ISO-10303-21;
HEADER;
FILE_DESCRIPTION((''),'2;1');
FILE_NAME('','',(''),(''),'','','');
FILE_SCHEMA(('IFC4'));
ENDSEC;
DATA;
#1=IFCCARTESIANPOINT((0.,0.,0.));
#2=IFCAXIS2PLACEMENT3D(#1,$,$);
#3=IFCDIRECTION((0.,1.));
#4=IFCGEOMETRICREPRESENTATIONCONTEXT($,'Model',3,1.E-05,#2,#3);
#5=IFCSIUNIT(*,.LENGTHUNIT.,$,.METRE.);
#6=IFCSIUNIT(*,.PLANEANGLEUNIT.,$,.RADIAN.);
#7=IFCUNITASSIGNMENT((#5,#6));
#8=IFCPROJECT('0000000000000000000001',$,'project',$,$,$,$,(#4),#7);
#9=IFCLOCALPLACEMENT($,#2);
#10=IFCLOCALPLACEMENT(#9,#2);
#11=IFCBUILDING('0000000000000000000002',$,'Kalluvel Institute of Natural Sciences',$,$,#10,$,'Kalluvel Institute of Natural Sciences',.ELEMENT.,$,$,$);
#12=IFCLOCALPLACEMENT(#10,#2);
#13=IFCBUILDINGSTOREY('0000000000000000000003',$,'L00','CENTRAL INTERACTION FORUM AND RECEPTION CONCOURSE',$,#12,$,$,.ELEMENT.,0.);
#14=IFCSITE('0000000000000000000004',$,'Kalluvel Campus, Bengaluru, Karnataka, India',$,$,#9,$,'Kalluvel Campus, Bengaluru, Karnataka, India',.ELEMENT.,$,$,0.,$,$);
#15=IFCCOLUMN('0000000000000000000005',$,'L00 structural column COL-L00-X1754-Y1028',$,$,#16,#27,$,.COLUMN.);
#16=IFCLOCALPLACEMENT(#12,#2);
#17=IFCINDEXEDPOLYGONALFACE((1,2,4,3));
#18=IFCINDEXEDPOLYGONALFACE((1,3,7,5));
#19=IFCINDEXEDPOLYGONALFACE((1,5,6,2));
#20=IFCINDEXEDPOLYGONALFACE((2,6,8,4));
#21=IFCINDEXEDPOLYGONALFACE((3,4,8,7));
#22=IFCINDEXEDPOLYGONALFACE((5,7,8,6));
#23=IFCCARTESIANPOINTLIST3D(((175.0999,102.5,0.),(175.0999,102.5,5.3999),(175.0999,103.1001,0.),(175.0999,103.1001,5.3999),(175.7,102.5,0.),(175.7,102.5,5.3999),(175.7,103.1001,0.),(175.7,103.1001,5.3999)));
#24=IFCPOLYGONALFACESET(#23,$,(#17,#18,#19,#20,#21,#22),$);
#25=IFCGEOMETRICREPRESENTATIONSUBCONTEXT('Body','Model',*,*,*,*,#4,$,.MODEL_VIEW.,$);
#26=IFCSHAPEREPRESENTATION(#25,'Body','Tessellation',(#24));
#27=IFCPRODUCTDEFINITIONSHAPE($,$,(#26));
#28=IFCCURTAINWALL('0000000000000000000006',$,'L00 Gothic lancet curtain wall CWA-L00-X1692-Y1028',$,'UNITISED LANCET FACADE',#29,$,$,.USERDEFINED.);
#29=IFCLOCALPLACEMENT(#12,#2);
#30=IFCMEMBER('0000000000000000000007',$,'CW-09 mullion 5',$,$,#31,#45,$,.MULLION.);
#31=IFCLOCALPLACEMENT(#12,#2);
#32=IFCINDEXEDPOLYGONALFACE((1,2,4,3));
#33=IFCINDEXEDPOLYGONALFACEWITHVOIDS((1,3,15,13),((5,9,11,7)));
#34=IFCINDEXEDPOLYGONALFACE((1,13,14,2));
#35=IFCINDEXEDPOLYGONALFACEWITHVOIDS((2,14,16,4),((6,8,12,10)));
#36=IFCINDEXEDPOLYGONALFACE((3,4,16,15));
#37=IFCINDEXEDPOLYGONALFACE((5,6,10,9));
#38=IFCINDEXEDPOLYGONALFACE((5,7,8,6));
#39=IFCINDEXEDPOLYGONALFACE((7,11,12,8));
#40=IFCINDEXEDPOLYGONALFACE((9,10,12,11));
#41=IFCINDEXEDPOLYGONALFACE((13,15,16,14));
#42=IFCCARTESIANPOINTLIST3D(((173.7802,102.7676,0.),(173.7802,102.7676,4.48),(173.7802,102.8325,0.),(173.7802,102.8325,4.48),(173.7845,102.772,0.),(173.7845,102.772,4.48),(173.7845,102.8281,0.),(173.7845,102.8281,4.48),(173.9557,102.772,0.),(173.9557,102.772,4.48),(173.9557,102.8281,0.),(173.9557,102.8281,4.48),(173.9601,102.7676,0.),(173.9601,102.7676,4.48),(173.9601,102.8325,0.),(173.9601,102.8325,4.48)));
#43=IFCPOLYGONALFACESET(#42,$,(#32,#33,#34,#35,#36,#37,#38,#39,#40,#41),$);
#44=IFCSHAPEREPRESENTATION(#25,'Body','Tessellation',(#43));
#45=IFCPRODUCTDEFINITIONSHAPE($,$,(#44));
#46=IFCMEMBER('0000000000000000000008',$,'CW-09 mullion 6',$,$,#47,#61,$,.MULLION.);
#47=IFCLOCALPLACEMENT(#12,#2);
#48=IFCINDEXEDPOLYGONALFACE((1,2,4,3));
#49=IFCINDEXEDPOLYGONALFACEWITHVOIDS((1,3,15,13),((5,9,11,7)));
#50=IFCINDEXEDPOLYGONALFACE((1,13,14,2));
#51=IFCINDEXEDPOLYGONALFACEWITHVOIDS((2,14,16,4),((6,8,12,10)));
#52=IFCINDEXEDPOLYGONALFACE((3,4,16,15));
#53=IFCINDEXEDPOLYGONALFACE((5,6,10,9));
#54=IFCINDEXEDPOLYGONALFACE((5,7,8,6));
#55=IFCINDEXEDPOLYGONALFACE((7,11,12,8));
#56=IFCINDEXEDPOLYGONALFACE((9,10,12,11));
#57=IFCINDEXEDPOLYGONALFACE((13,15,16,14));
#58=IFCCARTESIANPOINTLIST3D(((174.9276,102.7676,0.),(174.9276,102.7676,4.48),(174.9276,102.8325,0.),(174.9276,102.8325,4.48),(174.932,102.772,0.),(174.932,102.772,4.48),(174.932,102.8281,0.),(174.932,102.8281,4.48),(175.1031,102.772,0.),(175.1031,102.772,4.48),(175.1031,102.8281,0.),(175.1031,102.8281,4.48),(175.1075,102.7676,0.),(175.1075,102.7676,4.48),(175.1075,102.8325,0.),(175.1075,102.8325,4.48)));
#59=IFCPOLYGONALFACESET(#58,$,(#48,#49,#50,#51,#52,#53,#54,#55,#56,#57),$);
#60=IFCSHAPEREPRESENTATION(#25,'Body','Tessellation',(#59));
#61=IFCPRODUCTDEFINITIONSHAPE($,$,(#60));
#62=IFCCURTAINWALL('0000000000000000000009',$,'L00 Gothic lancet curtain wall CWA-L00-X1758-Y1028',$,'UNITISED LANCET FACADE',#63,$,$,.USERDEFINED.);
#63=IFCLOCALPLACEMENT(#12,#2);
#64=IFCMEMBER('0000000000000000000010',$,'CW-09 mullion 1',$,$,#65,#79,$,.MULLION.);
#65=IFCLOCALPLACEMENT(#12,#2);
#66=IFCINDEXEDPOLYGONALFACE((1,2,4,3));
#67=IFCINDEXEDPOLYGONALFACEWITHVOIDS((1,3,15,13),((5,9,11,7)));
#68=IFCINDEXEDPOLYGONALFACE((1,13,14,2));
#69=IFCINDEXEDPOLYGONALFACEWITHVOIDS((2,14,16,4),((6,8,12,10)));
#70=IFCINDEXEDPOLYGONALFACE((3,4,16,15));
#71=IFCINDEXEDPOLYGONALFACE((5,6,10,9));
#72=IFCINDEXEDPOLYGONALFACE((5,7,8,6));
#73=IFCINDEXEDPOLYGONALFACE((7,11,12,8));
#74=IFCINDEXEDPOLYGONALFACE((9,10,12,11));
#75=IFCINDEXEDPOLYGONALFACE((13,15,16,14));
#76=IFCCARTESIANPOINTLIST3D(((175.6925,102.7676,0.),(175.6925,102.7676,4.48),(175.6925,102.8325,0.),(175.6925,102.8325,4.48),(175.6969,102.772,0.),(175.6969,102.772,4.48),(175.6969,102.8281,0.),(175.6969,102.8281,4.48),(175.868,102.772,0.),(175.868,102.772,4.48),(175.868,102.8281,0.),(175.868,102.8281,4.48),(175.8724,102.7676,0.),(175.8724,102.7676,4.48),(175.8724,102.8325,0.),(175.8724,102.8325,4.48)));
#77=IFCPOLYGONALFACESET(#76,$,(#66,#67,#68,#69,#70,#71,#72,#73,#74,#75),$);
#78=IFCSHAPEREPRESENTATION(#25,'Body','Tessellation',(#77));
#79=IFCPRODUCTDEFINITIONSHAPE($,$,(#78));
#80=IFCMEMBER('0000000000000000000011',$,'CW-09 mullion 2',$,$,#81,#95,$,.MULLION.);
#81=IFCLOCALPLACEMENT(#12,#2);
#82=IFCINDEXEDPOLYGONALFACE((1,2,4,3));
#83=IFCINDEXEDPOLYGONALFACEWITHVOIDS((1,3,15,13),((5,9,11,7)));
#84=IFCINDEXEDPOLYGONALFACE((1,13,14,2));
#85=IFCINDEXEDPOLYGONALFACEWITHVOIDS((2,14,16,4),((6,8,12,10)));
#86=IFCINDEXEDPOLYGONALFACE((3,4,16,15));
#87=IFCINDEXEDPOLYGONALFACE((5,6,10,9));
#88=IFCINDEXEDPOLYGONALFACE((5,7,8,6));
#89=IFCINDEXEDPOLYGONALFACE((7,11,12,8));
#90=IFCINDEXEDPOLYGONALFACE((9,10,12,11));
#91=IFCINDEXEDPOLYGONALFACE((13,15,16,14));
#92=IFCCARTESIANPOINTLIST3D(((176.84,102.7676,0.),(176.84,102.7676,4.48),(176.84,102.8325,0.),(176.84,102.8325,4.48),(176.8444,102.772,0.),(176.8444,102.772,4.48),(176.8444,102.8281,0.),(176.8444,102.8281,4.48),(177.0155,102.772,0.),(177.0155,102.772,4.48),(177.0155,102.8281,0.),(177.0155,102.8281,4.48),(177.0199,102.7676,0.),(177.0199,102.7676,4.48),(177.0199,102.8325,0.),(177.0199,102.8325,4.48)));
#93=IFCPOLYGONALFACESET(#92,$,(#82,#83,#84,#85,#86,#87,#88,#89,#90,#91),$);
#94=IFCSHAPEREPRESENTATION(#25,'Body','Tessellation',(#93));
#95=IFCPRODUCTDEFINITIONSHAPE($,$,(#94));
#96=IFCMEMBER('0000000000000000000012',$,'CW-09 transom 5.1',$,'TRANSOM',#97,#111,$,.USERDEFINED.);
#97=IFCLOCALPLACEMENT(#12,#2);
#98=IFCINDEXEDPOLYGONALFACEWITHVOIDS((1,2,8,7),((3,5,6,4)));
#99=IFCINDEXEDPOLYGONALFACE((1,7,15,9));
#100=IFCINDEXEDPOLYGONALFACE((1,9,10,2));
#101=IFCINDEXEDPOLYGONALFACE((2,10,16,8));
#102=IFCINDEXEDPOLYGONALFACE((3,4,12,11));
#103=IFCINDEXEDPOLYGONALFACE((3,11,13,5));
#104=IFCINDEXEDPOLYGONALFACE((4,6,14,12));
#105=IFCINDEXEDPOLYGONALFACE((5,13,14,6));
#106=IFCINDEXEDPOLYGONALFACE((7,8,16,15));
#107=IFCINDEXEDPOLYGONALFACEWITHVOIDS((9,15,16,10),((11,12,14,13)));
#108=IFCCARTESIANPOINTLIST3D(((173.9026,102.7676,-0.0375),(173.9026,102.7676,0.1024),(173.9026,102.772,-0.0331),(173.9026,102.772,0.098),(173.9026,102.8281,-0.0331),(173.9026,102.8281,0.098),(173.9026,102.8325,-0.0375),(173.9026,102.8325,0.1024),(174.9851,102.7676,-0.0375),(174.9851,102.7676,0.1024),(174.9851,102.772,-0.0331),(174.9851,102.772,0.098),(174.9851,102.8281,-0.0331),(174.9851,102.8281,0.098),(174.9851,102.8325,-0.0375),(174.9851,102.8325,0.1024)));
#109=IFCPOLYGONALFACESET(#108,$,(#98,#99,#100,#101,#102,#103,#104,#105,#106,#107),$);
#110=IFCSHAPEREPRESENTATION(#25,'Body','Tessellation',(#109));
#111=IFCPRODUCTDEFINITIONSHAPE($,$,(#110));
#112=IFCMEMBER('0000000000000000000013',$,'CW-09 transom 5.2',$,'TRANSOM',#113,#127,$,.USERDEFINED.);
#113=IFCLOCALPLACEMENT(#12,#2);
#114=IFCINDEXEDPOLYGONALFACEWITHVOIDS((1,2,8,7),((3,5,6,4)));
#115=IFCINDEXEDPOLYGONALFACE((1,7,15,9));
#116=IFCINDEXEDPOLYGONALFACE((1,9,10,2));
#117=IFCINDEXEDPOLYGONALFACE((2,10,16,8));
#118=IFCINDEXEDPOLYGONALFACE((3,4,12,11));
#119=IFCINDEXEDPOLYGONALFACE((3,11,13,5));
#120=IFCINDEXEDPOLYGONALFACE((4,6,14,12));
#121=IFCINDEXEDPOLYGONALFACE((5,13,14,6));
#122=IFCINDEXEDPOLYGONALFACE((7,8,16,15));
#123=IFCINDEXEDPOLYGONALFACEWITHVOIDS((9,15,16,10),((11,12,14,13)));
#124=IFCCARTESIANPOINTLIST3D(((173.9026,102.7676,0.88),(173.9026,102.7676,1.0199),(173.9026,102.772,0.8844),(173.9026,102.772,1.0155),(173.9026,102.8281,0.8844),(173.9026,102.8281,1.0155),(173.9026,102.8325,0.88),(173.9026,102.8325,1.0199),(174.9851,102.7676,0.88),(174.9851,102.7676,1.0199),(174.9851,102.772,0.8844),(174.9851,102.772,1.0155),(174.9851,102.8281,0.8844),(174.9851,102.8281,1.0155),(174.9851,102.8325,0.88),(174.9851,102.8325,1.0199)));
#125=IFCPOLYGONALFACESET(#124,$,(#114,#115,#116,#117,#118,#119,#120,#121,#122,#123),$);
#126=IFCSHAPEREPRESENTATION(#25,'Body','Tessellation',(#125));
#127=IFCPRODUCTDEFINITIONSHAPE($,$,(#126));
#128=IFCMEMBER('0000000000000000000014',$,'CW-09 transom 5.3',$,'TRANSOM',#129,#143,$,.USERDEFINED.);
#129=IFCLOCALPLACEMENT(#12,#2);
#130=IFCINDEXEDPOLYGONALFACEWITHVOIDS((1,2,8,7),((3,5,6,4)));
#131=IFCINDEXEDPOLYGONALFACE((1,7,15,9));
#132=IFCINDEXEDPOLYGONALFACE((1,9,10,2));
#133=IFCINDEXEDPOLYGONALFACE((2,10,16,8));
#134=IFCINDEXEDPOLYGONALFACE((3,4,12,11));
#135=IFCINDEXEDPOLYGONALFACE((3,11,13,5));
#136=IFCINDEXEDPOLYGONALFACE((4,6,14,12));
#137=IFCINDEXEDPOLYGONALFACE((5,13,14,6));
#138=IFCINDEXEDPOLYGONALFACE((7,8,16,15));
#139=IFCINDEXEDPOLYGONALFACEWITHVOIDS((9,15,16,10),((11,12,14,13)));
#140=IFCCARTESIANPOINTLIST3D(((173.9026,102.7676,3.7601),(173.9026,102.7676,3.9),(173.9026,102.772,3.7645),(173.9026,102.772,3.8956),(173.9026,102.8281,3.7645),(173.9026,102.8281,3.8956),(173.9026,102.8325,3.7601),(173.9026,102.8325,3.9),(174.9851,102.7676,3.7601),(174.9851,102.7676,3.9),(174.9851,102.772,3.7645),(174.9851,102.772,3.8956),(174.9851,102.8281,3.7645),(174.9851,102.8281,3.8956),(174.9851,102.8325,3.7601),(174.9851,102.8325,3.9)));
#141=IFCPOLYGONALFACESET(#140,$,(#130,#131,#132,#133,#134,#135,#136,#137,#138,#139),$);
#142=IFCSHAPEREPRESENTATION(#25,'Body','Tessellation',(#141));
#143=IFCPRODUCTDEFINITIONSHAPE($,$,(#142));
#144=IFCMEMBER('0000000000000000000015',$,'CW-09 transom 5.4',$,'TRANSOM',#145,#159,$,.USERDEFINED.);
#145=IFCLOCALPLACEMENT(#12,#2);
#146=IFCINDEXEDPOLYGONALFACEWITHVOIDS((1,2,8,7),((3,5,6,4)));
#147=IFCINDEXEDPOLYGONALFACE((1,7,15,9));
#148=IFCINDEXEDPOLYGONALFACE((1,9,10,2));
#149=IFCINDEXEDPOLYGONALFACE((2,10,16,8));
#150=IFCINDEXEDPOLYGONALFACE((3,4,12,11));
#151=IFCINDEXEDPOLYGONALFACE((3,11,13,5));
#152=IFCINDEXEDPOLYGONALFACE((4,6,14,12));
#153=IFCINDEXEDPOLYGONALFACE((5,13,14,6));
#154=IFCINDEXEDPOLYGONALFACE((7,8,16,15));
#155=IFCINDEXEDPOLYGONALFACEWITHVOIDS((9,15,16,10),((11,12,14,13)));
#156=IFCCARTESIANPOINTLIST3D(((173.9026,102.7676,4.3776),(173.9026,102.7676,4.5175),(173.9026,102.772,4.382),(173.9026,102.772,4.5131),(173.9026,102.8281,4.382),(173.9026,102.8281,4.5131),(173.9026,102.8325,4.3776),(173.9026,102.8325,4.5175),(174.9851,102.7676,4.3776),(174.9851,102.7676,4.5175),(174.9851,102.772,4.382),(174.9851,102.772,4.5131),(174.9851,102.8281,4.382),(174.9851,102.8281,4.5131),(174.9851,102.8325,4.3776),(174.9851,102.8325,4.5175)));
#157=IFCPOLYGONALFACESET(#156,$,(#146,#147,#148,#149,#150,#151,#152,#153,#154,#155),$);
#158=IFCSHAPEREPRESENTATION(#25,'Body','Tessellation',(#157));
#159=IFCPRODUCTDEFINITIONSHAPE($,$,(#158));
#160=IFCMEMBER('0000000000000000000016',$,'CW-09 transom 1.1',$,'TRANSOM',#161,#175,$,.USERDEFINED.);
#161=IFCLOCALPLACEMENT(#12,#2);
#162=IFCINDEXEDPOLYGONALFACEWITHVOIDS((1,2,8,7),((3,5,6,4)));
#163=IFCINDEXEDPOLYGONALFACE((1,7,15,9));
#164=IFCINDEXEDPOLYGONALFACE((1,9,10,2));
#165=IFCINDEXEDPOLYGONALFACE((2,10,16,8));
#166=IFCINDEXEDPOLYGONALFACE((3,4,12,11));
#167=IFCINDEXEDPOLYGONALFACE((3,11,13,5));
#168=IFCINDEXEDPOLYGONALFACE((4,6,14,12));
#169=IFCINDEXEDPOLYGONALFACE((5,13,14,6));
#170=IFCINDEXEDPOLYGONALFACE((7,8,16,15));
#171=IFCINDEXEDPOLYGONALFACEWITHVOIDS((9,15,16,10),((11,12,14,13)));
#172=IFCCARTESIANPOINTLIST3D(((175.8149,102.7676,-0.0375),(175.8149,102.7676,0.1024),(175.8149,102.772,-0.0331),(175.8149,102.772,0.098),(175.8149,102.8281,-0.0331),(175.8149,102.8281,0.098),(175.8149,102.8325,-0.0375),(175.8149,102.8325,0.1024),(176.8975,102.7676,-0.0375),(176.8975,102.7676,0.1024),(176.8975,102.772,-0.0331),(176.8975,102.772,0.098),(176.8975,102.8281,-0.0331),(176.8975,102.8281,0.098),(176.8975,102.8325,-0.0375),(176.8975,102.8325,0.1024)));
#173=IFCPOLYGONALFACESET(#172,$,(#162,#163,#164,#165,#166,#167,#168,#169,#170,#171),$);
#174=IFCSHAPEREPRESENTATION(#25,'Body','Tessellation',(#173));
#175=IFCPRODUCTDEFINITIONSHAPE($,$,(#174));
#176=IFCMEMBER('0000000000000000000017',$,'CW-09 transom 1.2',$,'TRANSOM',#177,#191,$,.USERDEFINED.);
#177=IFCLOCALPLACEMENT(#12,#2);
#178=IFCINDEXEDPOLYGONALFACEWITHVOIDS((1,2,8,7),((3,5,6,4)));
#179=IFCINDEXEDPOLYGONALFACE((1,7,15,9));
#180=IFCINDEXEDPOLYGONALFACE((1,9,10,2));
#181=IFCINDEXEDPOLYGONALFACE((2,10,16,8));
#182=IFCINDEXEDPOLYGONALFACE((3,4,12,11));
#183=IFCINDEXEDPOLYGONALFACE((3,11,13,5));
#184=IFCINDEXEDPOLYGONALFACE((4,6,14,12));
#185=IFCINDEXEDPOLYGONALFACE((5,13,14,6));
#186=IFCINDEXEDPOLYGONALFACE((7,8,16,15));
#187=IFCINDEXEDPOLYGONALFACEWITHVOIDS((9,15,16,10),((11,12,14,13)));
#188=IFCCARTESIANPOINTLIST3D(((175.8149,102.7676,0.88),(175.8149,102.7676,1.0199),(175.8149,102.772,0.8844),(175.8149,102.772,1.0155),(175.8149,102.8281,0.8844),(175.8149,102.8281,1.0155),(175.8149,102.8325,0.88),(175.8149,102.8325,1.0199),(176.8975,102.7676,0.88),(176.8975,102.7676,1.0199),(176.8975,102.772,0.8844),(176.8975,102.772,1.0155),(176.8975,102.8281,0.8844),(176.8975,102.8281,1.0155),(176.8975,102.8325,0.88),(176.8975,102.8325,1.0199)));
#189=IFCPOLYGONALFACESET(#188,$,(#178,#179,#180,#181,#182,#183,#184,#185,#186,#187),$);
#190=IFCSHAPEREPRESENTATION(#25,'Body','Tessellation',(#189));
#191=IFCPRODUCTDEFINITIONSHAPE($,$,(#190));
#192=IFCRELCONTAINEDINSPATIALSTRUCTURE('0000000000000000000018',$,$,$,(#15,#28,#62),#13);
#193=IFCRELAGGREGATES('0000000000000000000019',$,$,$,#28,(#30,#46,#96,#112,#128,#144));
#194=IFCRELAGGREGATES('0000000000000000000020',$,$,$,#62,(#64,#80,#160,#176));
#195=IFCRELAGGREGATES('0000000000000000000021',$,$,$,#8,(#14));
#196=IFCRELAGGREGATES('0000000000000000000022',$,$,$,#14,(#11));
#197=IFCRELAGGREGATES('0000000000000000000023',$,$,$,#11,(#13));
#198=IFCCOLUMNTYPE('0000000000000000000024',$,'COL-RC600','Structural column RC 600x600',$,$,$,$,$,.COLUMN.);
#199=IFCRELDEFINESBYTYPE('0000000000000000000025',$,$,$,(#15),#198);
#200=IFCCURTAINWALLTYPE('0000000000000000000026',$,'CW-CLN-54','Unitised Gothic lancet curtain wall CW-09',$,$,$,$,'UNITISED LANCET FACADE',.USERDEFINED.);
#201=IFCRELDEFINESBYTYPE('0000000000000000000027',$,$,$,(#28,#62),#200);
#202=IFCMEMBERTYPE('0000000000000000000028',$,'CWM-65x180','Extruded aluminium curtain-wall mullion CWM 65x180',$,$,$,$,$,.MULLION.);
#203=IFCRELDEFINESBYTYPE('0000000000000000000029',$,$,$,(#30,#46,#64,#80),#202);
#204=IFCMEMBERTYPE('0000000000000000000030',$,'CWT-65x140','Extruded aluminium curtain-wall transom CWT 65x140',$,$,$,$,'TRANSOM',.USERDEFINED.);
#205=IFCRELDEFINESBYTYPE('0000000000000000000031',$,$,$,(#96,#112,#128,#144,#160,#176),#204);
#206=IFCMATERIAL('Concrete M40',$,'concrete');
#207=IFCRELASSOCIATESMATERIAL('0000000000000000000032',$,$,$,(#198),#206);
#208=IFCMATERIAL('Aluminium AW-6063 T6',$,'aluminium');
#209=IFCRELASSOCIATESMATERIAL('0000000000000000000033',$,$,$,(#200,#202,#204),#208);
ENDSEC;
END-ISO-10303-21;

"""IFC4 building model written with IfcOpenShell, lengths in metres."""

from ifc_helpers import new_model, si_unit, direction, frame, origin, origin_2d, place, context, subcontext, project, spatial, rectangle, hollow_rectangle, extrude, material, material_profile, profile_set, type_object, element, aggregate, save


model = new_model("IFC4")

# Units and contexts
model_context = context("Model", 3, precision=1e-05, world=origin(), true_north=direction((0.0, 1.0)))
body_context = subcontext(model_context, "Body", "Model", "MODEL_VIEW")
ifc_project = project(units=[si_unit("LENGTHUNIT", "METRE"), si_unit("PLANEANGLEUNIT", "RADIAN")], contexts=[model_context])

# Site, building, storey
site_placement = place(None, origin())
site = spatial("IfcSite", under=ifc_project, at=site_placement, Name="Kalluvel Campus, Bengaluru, Karnataka, India", LongName="Kalluvel Campus, Bengaluru, Karnataka, India", CompositionType="ELEMENT", RefElevation=0.0)
building_placement = place(site_placement, origin())
building = spatial("IfcBuilding", under=site, at=building_placement, Name="Kalluvel Institute of Natural Sciences", LongName="Kalluvel Institute of Natural Sciences", CompositionType="ELEMENT")
storey_placement = place(building_placement, origin())
storey = spatial("IfcBuildingStorey", under=building, at=storey_placement, Name="L00", Description="CENTRAL INTERACTION FORUM AND RECEPTION CONCOURSE", CompositionType="ELEMENT", Elevation=0.0)

# Column
ifc_material_1 = material(Name="Concrete M40", Category="concrete")
ifc_material_profile_1 = material_profile(ifc_material_1, rectangle(XDim=0.6001, YDim=0.6001, at=origin_2d()), Name="RC 600x600")
ifc_profile_set_1 = profile_set([ifc_material_profile_1], Name="Concrete M40")
column_type = type_object("IfcColumnType", Name="COL-RC600", Description="Structural column RC 600x600", PredefinedType="COLUMN", material=ifc_profile_set_1)
column_placement = place(storey_placement, frame((175.3999, 102.8, 0.0), z_axis=(0.0, 0.0, 1.0), x_axis=(1.0, 0.0, 0.0)))
element("IfcColumn", 1, at=column_placement, inside=storey, type_object=column_type, Name="L00 structural column COL-L00-X1754-Y1028", PredefinedType="COLUMN", context=body_context, shape_type="SweptSolid", body=[
    extrude(rectangle(XDim=0.6001, YDim=0.6001, at=origin_2d()), origin(), (0.0, 0.0, 1.0), 5.3999),
])

# Curtain walls, members
ifc_material_2 = material(Name="Aluminium AW-6063 T6", Category="aluminium")
curtain_wall_type = type_object("IfcCurtainWallType", Name="CW-CLN-54", Description="Unitised Gothic lancet curtain wall CW-09", ElementType="UNITISED LANCET FACADE", PredefinedType="USERDEFINED", material=ifc_material_2)
curtain_wall_1_placement = place(storey_placement, origin())
curtain_wall_1 = element("IfcCurtainWall", 2, at=curtain_wall_1_placement, inside=storey, type_object=curtain_wall_type, Name="L00 Gothic lancet curtain wall CWA-L00-X1692-Y1028", ObjectType="UNITISED LANCET FACADE", PredefinedType="USERDEFINED")
ifc_material_profile_2 = material_profile(ifc_material_2, hollow_rectangle(XDim=0.0649, YDim=0.1799, WallThickness=0.0044, at=origin_2d()), Name="CWM 65x180")
ifc_profile_set_2 = profile_set([ifc_material_profile_2], Name="Aluminium AW-6063 T6")
member_type_1 = type_object("IfcMemberType", Name="CWM-65x180", Description="Extruded aluminium curtain-wall mullion CWM 65x180", PredefinedType="MULLION", material=ifc_profile_set_2)
member_1_placement = place(storey_placement, frame((173.8701, 102.8, 0.0), z_axis=(0.0, 0.0, 1.0), x_axis=(0.0, 1.0, 0.0)))
member_1 = element("IfcMember", 3, at=member_1_placement, type_object=member_type_1, Name="CW-09 mullion 5", PredefinedType="MULLION", context=body_context, shape_type="SweptSolid", body=[
    extrude(hollow_rectangle(XDim=0.0649, YDim=0.1799, WallThickness=0.0044, at=origin_2d()), origin(), (0.0, 0.0, 1.0), 4.48),
])
member_2_placement = place(storey_placement, frame((175.0176, 102.8, 0.0), z_axis=(0.0, 0.0, 1.0), x_axis=(0.0, 1.0, 0.0)))
member_2 = element("IfcMember", 4, at=member_2_placement, type_object=member_type_1, Name="CW-09 mullion 6", PredefinedType="MULLION", context=body_context, shape_type="SweptSolid", body=[
    extrude(hollow_rectangle(XDim=0.0649, YDim=0.1799, WallThickness=0.0044, at=origin_2d()), origin(), (0.0, 0.0, 1.0), 4.48),
])
curtain_wall_2_placement = place(storey_placement, origin())
curtain_wall_2 = element("IfcCurtainWall", 5, at=curtain_wall_2_placement, inside=storey, type_object=curtain_wall_type, Name="L00 Gothic lancet curtain wall CWA-L00-X1758-Y1028", ObjectType="UNITISED LANCET FACADE", PredefinedType="USERDEFINED")
member_3_placement = place(storey_placement, frame((175.7825, 102.8, 0.0), z_axis=(0.0, 0.0, 1.0), x_axis=(0.0, 1.0, 0.0)))
member_3 = element("IfcMember", 6, at=member_3_placement, type_object=member_type_1, Name="CW-09 mullion 1", PredefinedType="MULLION", context=body_context, shape_type="SweptSolid", body=[
    extrude(hollow_rectangle(XDim=0.0649, YDim=0.1799, WallThickness=0.0044, at=origin_2d()), origin(), (0.0, 0.0, 1.0), 4.48),
])
member_4_placement = place(storey_placement, frame((176.9299, 102.8, 0.0), z_axis=(0.0, 0.0, 1.0), x_axis=(0.0, 1.0, 0.0)))
member_4 = element("IfcMember", 7, at=member_4_placement, type_object=member_type_1, Name="CW-09 mullion 2", PredefinedType="MULLION", context=body_context, shape_type="SweptSolid", body=[
    extrude(hollow_rectangle(XDim=0.0649, YDim=0.1799, WallThickness=0.0044, at=origin_2d()), origin(), (0.0, 0.0, 1.0), 4.48),
])

# Members
ifc_material_profile_3 = material_profile(ifc_material_2, hollow_rectangle(XDim=0.0649, YDim=0.1399, WallThickness=0.0044, at=origin_2d()), Name="CWT 65x140")
ifc_profile_set_3 = profile_set([ifc_material_profile_3], Name="Aluminium AW-6063 T6")
member_type_2 = type_object("IfcMemberType", Name="CWT-65x140", Description="Extruded aluminium curtain-wall transom CWT 65x140", ElementType="TRANSOM", PredefinedType="USERDEFINED", material=ifc_profile_set_3)
member_5_placement = place(storey_placement, frame((173.9026, 102.8, 0.0325), z_axis=(1.0, 0.0, 0.0), x_axis=(0.0, 1.0, 0.0)))
member_5 = element("IfcMember", 8, at=member_5_placement, type_object=member_type_2, Name="CW-09 transom 5.1", ObjectType="TRANSOM", PredefinedType="USERDEFINED", context=body_context, shape_type="SweptSolid", body=[
    extrude(hollow_rectangle(XDim=0.0649, YDim=0.1399, WallThickness=0.0044, at=origin_2d()), origin(), (0.0, 0.0, 1.0), 1.0825),
])
member_6_placement = place(storey_placement, frame((173.9026, 102.8, 0.95), z_axis=(1.0, 0.0, 0.0), x_axis=(0.0, 1.0, 0.0)))
member_6 = element("IfcMember", 9, at=member_6_placement, type_object=member_type_2, Name="CW-09 transom 5.2", ObjectType="TRANSOM", PredefinedType="USERDEFINED", context=body_context, shape_type="SweptSolid", body=[
    extrude(hollow_rectangle(XDim=0.0649, YDim=0.1399, WallThickness=0.0044, at=origin_2d()), origin(), (0.0, 0.0, 1.0), 1.0825),
])
member_7_placement = place(storey_placement, frame((173.9026, 102.8, 3.8301), z_axis=(1.0, 0.0, 0.0), x_axis=(0.0, 1.0, 0.0)))
member_7 = element("IfcMember", 10, at=member_7_placement, type_object=member_type_2, Name="CW-09 transom 5.3", ObjectType="TRANSOM", PredefinedType="USERDEFINED", context=body_context, shape_type="SweptSolid", body=[
    extrude(hollow_rectangle(XDim=0.0649, YDim=0.1399, WallThickness=0.0044, at=origin_2d()), origin(), (0.0, 0.0, 1.0), 1.0825),
])
member_8_placement = place(storey_placement, frame((173.9026, 102.8, 4.4475), z_axis=(1.0, 0.0, 0.0), x_axis=(0.0, 1.0, 0.0)))
member_8 = element("IfcMember", 11, at=member_8_placement, type_object=member_type_2, Name="CW-09 transom 5.4", ObjectType="TRANSOM", PredefinedType="USERDEFINED", context=body_context, shape_type="SweptSolid", body=[
    extrude(hollow_rectangle(XDim=0.0649, YDim=0.1399, WallThickness=0.0044, at=origin_2d()), origin(), (0.0, 0.0, 1.0), 1.0825),
])
member_9_placement = place(storey_placement, frame((175.8149, 102.8, 0.0325), z_axis=(1.0, 0.0, 0.0), x_axis=(0.0, 1.0, 0.0)))
member_9 = element("IfcMember", 12, at=member_9_placement, type_object=member_type_2, Name="CW-09 transom 1.1", ObjectType="TRANSOM", PredefinedType="USERDEFINED", context=body_context, shape_type="SweptSolid", body=[
    extrude(hollow_rectangle(XDim=0.0649, YDim=0.1399, WallThickness=0.0044, at=origin_2d()), origin(), (0.0, 0.0, 1.0), 1.0825),
])
member_10_placement = place(storey_placement, frame((175.8149, 102.8, 0.95), z_axis=(1.0, 0.0, 0.0), x_axis=(0.0, 1.0, 0.0)))
member_10 = element("IfcMember", 13, at=member_10_placement, type_object=member_type_2, Name="CW-09 transom 1.2", ObjectType="TRANSOM", PredefinedType="USERDEFINED", context=body_context, shape_type="SweptSolid", body=[
    extrude(hollow_rectangle(XDim=0.0649, YDim=0.1399, WallThickness=0.0044, at=origin_2d()), origin(), (0.0, 0.0, 1.0), 1.0825),
])

aggregate(curtain_wall_1, [member_1, member_2, member_5, member_6, member_7, member_8])
aggregate(curtain_wall_2, [member_3, member_4, member_9, member_10])

save(model, "model.ifc")
